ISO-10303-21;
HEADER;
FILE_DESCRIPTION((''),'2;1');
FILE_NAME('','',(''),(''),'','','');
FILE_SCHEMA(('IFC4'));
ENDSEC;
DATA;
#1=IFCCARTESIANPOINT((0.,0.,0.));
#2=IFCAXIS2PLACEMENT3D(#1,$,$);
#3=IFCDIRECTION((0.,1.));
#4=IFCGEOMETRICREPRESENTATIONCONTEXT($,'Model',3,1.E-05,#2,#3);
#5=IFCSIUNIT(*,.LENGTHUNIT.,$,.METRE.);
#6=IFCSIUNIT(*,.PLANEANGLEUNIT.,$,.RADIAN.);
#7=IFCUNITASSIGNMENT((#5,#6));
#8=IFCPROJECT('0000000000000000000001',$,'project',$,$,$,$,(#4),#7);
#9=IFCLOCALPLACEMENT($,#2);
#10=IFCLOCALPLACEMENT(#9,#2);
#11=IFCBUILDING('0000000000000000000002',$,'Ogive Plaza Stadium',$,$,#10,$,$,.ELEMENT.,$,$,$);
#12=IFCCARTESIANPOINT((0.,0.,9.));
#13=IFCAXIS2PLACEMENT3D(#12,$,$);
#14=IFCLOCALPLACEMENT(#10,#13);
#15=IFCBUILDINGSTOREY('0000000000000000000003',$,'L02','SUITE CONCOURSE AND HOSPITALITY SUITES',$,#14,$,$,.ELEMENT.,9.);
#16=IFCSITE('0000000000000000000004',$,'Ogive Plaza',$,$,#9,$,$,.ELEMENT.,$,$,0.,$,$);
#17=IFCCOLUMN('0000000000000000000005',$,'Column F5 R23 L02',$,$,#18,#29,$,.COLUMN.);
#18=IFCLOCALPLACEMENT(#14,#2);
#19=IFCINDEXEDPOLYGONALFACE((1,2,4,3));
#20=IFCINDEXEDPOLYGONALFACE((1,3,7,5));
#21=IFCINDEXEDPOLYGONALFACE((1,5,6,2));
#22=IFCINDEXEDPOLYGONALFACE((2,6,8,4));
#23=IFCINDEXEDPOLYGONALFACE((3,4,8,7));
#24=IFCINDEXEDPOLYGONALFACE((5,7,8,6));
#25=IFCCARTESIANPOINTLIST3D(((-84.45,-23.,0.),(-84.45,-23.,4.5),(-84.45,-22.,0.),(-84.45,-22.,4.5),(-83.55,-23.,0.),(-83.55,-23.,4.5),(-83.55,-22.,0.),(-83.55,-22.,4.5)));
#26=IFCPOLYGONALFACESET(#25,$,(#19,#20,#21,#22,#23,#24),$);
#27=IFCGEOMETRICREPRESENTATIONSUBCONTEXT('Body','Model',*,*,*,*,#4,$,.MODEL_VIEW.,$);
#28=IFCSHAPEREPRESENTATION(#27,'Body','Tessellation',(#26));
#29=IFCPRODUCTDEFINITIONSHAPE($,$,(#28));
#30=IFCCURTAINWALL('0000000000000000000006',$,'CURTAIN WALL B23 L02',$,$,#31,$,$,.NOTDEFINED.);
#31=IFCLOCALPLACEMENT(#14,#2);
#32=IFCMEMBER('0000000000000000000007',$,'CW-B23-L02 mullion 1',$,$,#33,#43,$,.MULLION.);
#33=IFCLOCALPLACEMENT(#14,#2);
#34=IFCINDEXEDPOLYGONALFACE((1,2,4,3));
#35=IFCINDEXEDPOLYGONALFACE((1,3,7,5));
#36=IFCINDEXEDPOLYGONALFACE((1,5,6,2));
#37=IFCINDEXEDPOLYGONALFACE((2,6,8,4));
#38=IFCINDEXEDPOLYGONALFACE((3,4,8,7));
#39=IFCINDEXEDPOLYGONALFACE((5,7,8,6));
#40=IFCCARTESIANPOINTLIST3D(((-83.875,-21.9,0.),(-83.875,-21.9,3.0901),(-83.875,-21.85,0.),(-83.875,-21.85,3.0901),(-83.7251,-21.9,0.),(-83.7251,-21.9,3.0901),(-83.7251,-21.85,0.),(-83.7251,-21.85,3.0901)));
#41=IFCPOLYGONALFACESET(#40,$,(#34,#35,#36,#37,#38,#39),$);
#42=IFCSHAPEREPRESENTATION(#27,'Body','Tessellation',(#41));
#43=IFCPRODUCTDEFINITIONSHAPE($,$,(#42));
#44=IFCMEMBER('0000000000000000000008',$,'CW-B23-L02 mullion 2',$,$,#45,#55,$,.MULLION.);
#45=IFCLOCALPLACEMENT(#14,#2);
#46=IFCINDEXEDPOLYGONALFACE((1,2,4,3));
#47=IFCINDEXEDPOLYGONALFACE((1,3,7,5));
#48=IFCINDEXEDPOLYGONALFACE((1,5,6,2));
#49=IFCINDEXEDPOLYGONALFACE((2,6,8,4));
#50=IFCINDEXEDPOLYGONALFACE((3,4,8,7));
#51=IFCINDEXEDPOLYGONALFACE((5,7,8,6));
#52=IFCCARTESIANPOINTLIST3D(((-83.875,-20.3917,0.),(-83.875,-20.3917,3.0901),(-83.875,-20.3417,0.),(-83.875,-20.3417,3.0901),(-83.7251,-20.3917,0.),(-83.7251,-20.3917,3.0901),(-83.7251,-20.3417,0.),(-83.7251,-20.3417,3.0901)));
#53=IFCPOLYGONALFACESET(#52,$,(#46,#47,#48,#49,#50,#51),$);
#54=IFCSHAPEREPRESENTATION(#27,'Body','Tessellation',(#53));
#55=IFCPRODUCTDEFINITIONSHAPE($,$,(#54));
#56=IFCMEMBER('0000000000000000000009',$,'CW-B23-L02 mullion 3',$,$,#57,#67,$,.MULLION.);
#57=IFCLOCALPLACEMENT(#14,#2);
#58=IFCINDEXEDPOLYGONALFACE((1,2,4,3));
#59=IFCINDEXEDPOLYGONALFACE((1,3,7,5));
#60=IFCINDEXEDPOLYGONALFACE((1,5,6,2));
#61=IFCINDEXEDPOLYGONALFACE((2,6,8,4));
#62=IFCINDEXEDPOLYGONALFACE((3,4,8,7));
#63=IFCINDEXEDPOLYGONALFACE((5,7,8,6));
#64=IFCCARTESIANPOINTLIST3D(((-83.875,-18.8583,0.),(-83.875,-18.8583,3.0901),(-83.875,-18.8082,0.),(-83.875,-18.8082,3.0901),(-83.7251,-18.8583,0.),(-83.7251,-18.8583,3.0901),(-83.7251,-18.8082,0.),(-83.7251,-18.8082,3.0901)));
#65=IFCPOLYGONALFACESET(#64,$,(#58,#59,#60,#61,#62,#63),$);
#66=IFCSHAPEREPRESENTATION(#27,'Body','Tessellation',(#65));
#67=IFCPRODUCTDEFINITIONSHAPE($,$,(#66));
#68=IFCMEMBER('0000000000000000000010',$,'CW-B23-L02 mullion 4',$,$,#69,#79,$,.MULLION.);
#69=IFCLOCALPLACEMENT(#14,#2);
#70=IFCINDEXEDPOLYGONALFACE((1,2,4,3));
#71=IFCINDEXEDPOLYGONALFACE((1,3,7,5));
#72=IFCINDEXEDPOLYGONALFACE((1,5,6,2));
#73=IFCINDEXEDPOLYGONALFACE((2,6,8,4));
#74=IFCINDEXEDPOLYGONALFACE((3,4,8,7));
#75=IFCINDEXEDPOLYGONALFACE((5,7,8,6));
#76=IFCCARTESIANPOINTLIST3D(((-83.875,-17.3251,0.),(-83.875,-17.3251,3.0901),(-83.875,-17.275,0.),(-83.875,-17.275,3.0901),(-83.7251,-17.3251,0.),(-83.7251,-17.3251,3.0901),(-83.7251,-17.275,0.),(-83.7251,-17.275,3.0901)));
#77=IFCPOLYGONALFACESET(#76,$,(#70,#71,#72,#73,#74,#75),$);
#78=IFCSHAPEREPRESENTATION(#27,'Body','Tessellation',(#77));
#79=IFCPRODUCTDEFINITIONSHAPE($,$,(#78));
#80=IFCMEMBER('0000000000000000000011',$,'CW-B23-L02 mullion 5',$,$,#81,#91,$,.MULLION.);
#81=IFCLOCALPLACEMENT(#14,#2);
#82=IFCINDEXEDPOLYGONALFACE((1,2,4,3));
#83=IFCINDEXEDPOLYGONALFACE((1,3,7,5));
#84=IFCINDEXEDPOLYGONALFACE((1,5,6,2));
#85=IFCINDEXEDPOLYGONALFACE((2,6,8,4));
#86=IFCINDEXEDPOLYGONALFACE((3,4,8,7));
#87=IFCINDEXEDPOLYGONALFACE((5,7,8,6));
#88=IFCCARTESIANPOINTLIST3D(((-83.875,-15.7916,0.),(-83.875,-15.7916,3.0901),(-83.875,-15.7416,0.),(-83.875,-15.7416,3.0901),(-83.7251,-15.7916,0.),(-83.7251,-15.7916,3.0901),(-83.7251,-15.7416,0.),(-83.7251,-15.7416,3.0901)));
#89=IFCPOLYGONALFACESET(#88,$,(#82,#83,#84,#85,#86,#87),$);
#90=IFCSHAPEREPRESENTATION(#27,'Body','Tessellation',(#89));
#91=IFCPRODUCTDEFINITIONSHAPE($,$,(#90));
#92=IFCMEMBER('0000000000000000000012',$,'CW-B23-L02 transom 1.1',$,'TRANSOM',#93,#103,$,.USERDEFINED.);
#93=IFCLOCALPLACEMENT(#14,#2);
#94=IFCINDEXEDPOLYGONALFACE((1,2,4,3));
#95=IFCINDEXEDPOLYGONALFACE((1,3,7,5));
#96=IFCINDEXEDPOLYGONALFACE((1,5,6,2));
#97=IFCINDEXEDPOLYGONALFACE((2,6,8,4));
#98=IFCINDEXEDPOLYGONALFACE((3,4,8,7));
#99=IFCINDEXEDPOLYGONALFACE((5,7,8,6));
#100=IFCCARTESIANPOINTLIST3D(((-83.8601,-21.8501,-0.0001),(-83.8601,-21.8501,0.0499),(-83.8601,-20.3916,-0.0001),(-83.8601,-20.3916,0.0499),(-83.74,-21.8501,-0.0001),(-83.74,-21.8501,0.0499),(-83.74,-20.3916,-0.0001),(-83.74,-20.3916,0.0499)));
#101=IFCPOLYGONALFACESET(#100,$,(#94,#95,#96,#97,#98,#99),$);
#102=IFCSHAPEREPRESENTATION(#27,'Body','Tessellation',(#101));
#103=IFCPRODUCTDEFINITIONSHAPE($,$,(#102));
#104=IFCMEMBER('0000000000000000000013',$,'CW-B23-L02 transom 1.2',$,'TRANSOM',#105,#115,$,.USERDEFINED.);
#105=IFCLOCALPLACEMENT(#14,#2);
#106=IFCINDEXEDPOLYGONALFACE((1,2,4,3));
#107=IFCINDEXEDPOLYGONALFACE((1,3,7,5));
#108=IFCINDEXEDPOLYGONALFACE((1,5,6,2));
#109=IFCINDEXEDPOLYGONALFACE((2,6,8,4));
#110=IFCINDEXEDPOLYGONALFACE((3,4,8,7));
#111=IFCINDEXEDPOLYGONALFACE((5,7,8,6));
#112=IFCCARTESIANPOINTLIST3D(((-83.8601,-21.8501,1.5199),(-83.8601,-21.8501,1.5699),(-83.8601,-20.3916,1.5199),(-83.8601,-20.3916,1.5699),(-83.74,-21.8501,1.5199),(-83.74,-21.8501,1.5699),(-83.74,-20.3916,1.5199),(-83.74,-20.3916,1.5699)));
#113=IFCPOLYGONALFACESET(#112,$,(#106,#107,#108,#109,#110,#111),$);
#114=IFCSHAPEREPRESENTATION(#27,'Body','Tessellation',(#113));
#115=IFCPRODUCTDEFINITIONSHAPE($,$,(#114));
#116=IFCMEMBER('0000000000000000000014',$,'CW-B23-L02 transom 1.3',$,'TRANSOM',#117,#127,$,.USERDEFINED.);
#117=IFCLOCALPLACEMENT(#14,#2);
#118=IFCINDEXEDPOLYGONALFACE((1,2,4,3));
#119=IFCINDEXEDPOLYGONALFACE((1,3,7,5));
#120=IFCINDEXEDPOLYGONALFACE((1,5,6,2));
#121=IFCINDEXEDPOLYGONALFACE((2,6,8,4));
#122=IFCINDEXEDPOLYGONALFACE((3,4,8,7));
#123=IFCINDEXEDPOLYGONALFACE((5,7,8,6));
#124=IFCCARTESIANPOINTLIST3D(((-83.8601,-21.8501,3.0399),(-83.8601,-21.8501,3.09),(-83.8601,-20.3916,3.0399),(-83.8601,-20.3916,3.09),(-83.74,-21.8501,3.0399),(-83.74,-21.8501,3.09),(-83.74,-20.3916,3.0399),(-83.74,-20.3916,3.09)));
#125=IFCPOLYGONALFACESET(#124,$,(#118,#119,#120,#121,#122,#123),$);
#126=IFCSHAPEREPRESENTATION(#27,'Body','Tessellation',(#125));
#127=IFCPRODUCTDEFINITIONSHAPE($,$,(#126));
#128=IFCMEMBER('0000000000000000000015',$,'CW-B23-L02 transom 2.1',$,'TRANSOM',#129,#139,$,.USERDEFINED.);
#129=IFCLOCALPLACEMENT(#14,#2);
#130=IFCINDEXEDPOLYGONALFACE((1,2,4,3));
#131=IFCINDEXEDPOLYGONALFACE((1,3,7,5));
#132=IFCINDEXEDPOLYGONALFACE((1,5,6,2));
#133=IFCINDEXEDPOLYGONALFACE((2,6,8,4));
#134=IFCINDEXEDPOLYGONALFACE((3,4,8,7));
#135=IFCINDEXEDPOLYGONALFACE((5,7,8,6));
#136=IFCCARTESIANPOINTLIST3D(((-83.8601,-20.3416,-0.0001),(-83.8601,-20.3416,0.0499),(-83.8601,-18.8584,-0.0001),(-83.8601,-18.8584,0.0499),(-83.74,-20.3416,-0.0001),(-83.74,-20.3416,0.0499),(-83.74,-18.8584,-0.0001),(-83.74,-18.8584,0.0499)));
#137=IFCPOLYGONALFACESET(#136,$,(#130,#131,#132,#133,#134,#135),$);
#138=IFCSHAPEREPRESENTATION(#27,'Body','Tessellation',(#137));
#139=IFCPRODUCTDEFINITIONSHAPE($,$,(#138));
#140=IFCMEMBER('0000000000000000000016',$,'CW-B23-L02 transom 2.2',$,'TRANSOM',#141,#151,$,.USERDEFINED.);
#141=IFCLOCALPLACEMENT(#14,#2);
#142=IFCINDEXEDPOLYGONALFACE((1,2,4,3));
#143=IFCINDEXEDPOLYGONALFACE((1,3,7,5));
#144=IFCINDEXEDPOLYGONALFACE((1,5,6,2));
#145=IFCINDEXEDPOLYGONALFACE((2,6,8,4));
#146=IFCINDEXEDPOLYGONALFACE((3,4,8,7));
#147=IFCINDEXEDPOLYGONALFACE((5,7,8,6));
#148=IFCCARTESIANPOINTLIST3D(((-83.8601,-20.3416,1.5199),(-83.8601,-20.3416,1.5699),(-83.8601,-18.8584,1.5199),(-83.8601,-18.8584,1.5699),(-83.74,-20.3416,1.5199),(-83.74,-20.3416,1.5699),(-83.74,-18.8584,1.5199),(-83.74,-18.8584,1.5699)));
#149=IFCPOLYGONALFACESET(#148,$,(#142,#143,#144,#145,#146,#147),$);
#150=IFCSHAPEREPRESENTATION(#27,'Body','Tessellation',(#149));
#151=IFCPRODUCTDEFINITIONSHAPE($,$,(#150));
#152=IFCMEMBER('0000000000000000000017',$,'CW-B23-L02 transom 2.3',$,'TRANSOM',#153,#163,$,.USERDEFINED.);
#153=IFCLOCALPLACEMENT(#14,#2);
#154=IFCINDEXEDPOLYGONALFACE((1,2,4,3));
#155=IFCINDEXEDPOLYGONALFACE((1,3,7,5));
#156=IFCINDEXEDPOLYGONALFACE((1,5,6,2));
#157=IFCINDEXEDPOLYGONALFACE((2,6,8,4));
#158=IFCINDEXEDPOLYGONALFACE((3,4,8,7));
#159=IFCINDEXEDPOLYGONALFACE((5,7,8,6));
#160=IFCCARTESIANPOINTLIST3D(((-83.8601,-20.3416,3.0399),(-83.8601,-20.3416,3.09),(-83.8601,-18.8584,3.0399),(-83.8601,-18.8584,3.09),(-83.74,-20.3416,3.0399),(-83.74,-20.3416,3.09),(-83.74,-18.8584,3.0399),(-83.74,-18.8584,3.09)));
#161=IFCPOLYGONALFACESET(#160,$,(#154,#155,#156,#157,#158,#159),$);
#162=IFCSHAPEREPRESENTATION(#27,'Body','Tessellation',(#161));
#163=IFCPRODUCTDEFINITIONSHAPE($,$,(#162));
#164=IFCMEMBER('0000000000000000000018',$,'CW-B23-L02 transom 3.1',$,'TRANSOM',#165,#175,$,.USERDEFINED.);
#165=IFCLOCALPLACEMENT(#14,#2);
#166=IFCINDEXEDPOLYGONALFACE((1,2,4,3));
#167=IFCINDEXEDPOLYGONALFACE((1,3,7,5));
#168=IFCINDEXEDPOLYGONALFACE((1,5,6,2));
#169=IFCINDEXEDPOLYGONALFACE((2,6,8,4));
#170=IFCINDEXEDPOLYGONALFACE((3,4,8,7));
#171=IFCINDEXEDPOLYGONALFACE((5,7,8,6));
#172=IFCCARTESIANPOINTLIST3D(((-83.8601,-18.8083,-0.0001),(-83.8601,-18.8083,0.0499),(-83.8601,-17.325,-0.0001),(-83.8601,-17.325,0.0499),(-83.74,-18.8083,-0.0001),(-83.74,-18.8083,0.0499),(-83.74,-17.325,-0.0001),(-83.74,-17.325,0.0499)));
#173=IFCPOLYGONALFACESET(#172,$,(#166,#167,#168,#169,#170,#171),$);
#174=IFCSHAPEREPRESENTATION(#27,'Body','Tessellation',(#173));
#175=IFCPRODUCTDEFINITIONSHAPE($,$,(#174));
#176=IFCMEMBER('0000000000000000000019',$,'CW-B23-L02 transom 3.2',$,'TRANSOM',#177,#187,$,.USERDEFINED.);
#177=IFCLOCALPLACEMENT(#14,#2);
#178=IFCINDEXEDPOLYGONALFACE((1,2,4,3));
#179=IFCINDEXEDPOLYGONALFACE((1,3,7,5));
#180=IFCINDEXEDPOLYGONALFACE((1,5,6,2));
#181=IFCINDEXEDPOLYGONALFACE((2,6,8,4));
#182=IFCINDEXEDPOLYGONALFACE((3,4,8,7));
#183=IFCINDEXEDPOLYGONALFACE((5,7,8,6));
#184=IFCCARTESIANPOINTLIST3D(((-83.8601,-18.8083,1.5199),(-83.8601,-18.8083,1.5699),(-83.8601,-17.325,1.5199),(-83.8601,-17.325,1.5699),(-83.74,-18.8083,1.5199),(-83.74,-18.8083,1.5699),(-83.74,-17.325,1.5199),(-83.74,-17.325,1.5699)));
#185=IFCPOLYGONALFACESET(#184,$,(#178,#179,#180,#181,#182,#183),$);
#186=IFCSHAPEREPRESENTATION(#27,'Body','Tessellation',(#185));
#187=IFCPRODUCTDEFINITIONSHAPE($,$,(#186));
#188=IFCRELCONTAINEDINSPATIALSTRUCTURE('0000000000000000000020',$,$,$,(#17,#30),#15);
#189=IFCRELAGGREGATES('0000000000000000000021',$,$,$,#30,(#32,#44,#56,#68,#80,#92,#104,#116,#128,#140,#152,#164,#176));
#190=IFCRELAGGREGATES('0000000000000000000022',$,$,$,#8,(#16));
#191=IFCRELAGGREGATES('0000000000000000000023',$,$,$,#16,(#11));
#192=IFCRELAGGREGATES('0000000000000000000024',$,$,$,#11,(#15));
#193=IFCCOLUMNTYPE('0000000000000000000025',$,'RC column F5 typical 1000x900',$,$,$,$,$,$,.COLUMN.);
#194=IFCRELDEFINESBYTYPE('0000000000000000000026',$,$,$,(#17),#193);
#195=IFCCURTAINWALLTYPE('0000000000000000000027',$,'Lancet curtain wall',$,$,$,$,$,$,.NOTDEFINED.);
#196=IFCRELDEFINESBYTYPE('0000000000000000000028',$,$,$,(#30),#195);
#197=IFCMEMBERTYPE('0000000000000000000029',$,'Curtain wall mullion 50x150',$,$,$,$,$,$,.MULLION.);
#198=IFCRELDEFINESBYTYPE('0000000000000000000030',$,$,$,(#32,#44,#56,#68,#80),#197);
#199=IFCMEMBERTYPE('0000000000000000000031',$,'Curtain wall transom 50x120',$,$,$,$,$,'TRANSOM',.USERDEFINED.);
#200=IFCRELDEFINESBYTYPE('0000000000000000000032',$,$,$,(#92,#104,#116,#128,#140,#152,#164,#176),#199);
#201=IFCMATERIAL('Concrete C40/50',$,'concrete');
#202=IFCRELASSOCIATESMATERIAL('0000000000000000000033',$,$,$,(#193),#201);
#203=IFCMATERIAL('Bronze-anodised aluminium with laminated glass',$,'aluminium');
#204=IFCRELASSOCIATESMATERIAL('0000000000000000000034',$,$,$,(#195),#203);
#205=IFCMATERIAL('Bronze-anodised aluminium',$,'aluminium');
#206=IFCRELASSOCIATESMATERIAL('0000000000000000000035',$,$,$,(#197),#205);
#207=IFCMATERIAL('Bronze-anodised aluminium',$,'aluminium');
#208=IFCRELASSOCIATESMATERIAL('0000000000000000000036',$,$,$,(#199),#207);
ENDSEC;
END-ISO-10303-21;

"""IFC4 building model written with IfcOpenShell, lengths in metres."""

from ifc_helpers import new_model, si_unit, direction, frame, origin, origin_2d, place, context, subcontext, project, spatial, rectangle, extrude, material, material_profile, profile_set, type_object, element, aggregate, save


model = new_model("IFC4")

# Units and contexts
model_context = context("Model", 3, precision=1e-05, world=origin(), true_north=direction((0.0, 1.0)))
body_context = subcontext(model_context, "Body", "Model", "MODEL_VIEW")
ifc_project = project(units=[si_unit("LENGTHUNIT", "METRE"), si_unit("PLANEANGLEUNIT", "RADIAN")], contexts=[model_context])

# Site, building, storey
site_placement = place(None, origin())
site = spatial("IfcSite", under=ifc_project, at=site_placement, Name="Ogive Plaza", CompositionType="ELEMENT", RefElevation=0.0)
building_placement = place(site_placement, origin())
building = spatial("IfcBuilding", under=site, at=building_placement, Name="Ogive Plaza Stadium", CompositionType="ELEMENT")
storey_placement = place(building_placement, frame((0.0, 0.0, 9.0)))
storey = spatial("IfcBuildingStorey", under=building, at=storey_placement, Name="L02", Description="SUITE CONCOURSE AND HOSPITALITY SUITES", CompositionType="ELEMENT", Elevation=9.0)

# Column
ifc_material_1 = material(Name="Concrete C40/50", Category="concrete")
ifc_material_profile_1 = material_profile(ifc_material_1, rectangle(XDim=1.0, YDim=0.8999, at=origin_2d()), Name="RC 1000x900")
ifc_profile_set_1 = profile_set([ifc_material_profile_1], Name="Concrete C40/50")
column_type = type_object("IfcColumnType", Name="RC column F5 typical 1000x900", PredefinedType="COLUMN", material=ifc_profile_set_1)
column_placement = place(storey_placement, frame((-84.0, -22.5, 0.0), z_axis=(0.0, 0.0, 1.0), x_axis=(0.0, -1.0, 0.0)))
element("IfcColumn", 1, at=column_placement, inside=storey, type_object=column_type, Name="Column F5 R23 L02", PredefinedType="COLUMN", context=body_context, shape_type="SweptSolid", body=[
    extrude(rectangle(XDim=1.0, YDim=0.8999, at=origin_2d()), origin(), (0.0, 0.0, 1.0), 4.5),
])

# Curtain wall, members
ifc_material_2 = material(Name="Bronze-anodised aluminium with laminated glass", Category="aluminium")
curtain_wall_type = type_object("IfcCurtainWallType", Name="Lancet curtain wall", PredefinedType="NOTDEFINED", material=ifc_material_2)
curtain_wall_placement = place(storey_placement, origin())
curtain_wall = element("IfcCurtainWall", 2, at=curtain_wall_placement, inside=storey, type_object=curtain_wall_type, Name="CURTAIN WALL B23 L02", PredefinedType="NOTDEFINED")
ifc_material_3 = material(Name="Bronze-anodised aluminium", Category="aluminium")
ifc_material_profile_2 = material_profile(ifc_material_3, rectangle(XDim=0.1499, YDim=0.05, at=origin_2d()), Name="AL 150x50")
ifc_profile_set_2 = profile_set([ifc_material_profile_2], Name="Bronze-anodised aluminium")
member_type_1 = type_object("IfcMemberType", Name="Curtain wall mullion 50x150", PredefinedType="MULLION", material=ifc_profile_set_2)
member_1_placement = place(storey_placement, frame((-83.8, -21.875, 0.0), z_axis=(0.0, 0.0, 1.0), x_axis=(-1.0, 0.0, 0.0)))
member_1 = element("IfcMember", 3, at=member_1_placement, type_object=member_type_1, Name="CW-B23-L02 mullion 1", PredefinedType="MULLION", context=body_context, shape_type="SweptSolid", body=[
    extrude(rectangle(XDim=0.1499, YDim=0.05, at=origin_2d()), origin(), (0.0, 0.0, 1.0), 3.0901),
])
member_2_placement = place(storey_placement, frame((-83.8, -20.3667, 0.0), z_axis=(0.0, 0.0, 1.0), x_axis=(-1.0, 0.0, 0.0)))
member_2 = element("IfcMember", 4, at=member_2_placement, type_object=member_type_1, Name="CW-B23-L02 mullion 2", PredefinedType="MULLION", context=body_context, shape_type="SweptSolid", body=[
    extrude(rectangle(XDim=0.1499, YDim=0.05, at=origin_2d()), origin(), (0.0, 0.0, 1.0), 3.0901),
])
member_3_placement = place(storey_placement, frame((-83.8, -18.8333, 0.0), z_axis=(0.0, 0.0, 1.0), x_axis=(-1.0, 0.0, 0.0)))
member_3 = element("IfcMember", 5, at=member_3_placement, type_object=member_type_1, Name="CW-B23-L02 mullion 3", PredefinedType="MULLION", context=body_context, shape_type="SweptSolid", body=[
    extrude(rectangle(XDim=0.1499, YDim=0.05, at=origin_2d()), origin(), (0.0, 0.0, 1.0), 3.0901),
])
member_4_placement = place(storey_placement, frame((-83.8, -17.3, 0.0), z_axis=(0.0, 0.0, 1.0), x_axis=(-1.0, 0.0, 0.0)))
member_4 = element("IfcMember", 6, at=member_4_placement, type_object=member_type_1, Name="CW-B23-L02 mullion 4", PredefinedType="MULLION", context=body_context, shape_type="SweptSolid", body=[
    extrude(rectangle(XDim=0.1499, YDim=0.05, at=origin_2d()), origin(), (0.0, 0.0, 1.0), 3.0901),
])
member_5_placement = place(storey_placement, frame((-83.8, -15.7666, 0.0), z_axis=(0.0, 0.0, 1.0), x_axis=(-1.0, 0.0, 0.0)))
member_5 = element("IfcMember", 7, at=member_5_placement, type_object=member_type_1, Name="CW-B23-L02 mullion 5", PredefinedType="MULLION", context=body_context, shape_type="SweptSolid", body=[
    extrude(rectangle(XDim=0.1499, YDim=0.05, at=origin_2d()), origin(), (0.0, 0.0, 1.0), 3.0901),
])
ifc_material_4 = material(Name="Bronze-anodised aluminium", Category="aluminium")
ifc_material_profile_3 = material_profile(ifc_material_4, rectangle(XDim=0.1201, YDim=0.05, at=origin_2d()), Name="AL 120x50")
ifc_profile_set_3 = profile_set([ifc_material_profile_3], Name="Bronze-anodised aluminium")
member_type_2 = type_object("IfcMemberType", Name="Curtain wall transom 50x120", ElementType="TRANSOM", PredefinedType="USERDEFINED", material=ifc_profile_set_3)
member_6_placement = place(storey_placement, frame((-83.8, -21.8501, 0.0249), z_axis=(0.0, 1.0, 0.0), x_axis=(-1.0, 0.0, 0.0)))
member_6 = element("IfcMember", 8, at=member_6_placement, type_object=member_type_2, Name="CW-B23-L02 transom 1.1", ObjectType="TRANSOM", PredefinedType="USERDEFINED", context=body_context, shape_type="SweptSolid", body=[
    extrude(rectangle(XDim=0.1201, YDim=0.05, at=origin_2d()), origin(), (0.0, 0.0, 1.0), 1.4585),
])
member_7_placement = place(storey_placement, frame((-83.8, -21.8501, 1.5449), z_axis=(0.0, 1.0, 0.0), x_axis=(-1.0, 0.0, 0.0)))
member_7 = element("IfcMember", 9, at=member_7_placement, type_object=member_type_2, Name="CW-B23-L02 transom 1.2", ObjectType="TRANSOM", PredefinedType="USERDEFINED", context=body_context, shape_type="SweptSolid", body=[
    extrude(rectangle(XDim=0.1201, YDim=0.05, at=origin_2d()), origin(), (0.0, 0.0, 1.0), 1.4585),
])
member_8_placement = place(storey_placement, frame((-83.8, -21.8501, 3.0649), z_axis=(0.0, 1.0, 0.0), x_axis=(-1.0, 0.0, 0.0)))
member_8 = element("IfcMember", 10, at=member_8_placement, type_object=member_type_2, Name="CW-B23-L02 transom 1.3", ObjectType="TRANSOM", PredefinedType="USERDEFINED", context=body_context, shape_type="SweptSolid", body=[
    extrude(rectangle(XDim=0.1201, YDim=0.05, at=origin_2d()), origin(), (0.0, 0.0, 1.0), 1.4585),
])
member_9_placement = place(storey_placement, frame((-83.8, -20.3416, 0.0249), z_axis=(0.0, 1.0, 0.0), x_axis=(-1.0, 0.0, 0.0)))
member_9 = element("IfcMember", 11, at=member_9_placement, type_object=member_type_2, Name="CW-B23-L02 transom 2.1", ObjectType="TRANSOM", PredefinedType="USERDEFINED", context=body_context, shape_type="SweptSolid", body=[
    extrude(rectangle(XDim=0.1201, YDim=0.05, at=origin_2d()), origin(), (0.0, 0.0, 1.0), 1.4832),
])
member_10_placement = place(storey_placement, frame((-83.8, -20.3416, 1.5449), z_axis=(0.0, 1.0, 0.0), x_axis=(-1.0, 0.0, 0.0)))
member_10 = element("IfcMember", 12, at=member_10_placement, type_object=member_type_2, Name="CW-B23-L02 transom 2.2", ObjectType="TRANSOM", PredefinedType="USERDEFINED", context=body_context, shape_type="SweptSolid", body=[
    extrude(rectangle(XDim=0.1201, YDim=0.05, at=origin_2d()), origin(), (0.0, 0.0, 1.0), 1.4832),
])
member_11_placement = place(storey_placement, frame((-83.8, -20.3416, 3.0649), z_axis=(0.0, 1.0, 0.0), x_axis=(-1.0, 0.0, 0.0)))
member_11 = element("IfcMember", 13, at=member_11_placement, type_object=member_type_2, Name="CW-B23-L02 transom 2.3", ObjectType="TRANSOM", PredefinedType="USERDEFINED", context=body_context, shape_type="SweptSolid", body=[
    extrude(rectangle(XDim=0.1201, YDim=0.05, at=origin_2d()), origin(), (0.0, 0.0, 1.0), 1.4832),
])
member_12_placement = place(storey_placement, frame((-83.8, -18.8083, 0.0249), z_axis=(0.0, 1.0, 0.0), x_axis=(-1.0, 0.0, 0.0)))
member_12 = element("IfcMember", 14, at=member_12_placement, type_object=member_type_2, Name="CW-B23-L02 transom 3.1", ObjectType="TRANSOM", PredefinedType="USERDEFINED", context=body_context, shape_type="SweptSolid", body=[
    extrude(rectangle(XDim=0.1201, YDim=0.05, at=origin_2d()), origin(), (0.0, 0.0, 1.0), 1.4834),
])
member_13_placement = place(storey_placement, frame((-83.8, -18.8083, 1.5449), z_axis=(0.0, 1.0, 0.0), x_axis=(-1.0, 0.0, 0.0)))
member_13 = element("IfcMember", 15, at=member_13_placement, type_object=member_type_2, Name="CW-B23-L02 transom 3.2", ObjectType="TRANSOM", PredefinedType="USERDEFINED", context=body_context, shape_type="SweptSolid", body=[
    extrude(rectangle(XDim=0.1201, YDim=0.05, at=origin_2d()), origin(), (0.0, 0.0, 1.0), 1.4834),
])

aggregate(curtain_wall, [member_1, member_2, member_3, member_4, member_5, member_6, member_7, member_8, member_9, member_10, member_11, member_12, member_13])

save(model, "model.ifc")
